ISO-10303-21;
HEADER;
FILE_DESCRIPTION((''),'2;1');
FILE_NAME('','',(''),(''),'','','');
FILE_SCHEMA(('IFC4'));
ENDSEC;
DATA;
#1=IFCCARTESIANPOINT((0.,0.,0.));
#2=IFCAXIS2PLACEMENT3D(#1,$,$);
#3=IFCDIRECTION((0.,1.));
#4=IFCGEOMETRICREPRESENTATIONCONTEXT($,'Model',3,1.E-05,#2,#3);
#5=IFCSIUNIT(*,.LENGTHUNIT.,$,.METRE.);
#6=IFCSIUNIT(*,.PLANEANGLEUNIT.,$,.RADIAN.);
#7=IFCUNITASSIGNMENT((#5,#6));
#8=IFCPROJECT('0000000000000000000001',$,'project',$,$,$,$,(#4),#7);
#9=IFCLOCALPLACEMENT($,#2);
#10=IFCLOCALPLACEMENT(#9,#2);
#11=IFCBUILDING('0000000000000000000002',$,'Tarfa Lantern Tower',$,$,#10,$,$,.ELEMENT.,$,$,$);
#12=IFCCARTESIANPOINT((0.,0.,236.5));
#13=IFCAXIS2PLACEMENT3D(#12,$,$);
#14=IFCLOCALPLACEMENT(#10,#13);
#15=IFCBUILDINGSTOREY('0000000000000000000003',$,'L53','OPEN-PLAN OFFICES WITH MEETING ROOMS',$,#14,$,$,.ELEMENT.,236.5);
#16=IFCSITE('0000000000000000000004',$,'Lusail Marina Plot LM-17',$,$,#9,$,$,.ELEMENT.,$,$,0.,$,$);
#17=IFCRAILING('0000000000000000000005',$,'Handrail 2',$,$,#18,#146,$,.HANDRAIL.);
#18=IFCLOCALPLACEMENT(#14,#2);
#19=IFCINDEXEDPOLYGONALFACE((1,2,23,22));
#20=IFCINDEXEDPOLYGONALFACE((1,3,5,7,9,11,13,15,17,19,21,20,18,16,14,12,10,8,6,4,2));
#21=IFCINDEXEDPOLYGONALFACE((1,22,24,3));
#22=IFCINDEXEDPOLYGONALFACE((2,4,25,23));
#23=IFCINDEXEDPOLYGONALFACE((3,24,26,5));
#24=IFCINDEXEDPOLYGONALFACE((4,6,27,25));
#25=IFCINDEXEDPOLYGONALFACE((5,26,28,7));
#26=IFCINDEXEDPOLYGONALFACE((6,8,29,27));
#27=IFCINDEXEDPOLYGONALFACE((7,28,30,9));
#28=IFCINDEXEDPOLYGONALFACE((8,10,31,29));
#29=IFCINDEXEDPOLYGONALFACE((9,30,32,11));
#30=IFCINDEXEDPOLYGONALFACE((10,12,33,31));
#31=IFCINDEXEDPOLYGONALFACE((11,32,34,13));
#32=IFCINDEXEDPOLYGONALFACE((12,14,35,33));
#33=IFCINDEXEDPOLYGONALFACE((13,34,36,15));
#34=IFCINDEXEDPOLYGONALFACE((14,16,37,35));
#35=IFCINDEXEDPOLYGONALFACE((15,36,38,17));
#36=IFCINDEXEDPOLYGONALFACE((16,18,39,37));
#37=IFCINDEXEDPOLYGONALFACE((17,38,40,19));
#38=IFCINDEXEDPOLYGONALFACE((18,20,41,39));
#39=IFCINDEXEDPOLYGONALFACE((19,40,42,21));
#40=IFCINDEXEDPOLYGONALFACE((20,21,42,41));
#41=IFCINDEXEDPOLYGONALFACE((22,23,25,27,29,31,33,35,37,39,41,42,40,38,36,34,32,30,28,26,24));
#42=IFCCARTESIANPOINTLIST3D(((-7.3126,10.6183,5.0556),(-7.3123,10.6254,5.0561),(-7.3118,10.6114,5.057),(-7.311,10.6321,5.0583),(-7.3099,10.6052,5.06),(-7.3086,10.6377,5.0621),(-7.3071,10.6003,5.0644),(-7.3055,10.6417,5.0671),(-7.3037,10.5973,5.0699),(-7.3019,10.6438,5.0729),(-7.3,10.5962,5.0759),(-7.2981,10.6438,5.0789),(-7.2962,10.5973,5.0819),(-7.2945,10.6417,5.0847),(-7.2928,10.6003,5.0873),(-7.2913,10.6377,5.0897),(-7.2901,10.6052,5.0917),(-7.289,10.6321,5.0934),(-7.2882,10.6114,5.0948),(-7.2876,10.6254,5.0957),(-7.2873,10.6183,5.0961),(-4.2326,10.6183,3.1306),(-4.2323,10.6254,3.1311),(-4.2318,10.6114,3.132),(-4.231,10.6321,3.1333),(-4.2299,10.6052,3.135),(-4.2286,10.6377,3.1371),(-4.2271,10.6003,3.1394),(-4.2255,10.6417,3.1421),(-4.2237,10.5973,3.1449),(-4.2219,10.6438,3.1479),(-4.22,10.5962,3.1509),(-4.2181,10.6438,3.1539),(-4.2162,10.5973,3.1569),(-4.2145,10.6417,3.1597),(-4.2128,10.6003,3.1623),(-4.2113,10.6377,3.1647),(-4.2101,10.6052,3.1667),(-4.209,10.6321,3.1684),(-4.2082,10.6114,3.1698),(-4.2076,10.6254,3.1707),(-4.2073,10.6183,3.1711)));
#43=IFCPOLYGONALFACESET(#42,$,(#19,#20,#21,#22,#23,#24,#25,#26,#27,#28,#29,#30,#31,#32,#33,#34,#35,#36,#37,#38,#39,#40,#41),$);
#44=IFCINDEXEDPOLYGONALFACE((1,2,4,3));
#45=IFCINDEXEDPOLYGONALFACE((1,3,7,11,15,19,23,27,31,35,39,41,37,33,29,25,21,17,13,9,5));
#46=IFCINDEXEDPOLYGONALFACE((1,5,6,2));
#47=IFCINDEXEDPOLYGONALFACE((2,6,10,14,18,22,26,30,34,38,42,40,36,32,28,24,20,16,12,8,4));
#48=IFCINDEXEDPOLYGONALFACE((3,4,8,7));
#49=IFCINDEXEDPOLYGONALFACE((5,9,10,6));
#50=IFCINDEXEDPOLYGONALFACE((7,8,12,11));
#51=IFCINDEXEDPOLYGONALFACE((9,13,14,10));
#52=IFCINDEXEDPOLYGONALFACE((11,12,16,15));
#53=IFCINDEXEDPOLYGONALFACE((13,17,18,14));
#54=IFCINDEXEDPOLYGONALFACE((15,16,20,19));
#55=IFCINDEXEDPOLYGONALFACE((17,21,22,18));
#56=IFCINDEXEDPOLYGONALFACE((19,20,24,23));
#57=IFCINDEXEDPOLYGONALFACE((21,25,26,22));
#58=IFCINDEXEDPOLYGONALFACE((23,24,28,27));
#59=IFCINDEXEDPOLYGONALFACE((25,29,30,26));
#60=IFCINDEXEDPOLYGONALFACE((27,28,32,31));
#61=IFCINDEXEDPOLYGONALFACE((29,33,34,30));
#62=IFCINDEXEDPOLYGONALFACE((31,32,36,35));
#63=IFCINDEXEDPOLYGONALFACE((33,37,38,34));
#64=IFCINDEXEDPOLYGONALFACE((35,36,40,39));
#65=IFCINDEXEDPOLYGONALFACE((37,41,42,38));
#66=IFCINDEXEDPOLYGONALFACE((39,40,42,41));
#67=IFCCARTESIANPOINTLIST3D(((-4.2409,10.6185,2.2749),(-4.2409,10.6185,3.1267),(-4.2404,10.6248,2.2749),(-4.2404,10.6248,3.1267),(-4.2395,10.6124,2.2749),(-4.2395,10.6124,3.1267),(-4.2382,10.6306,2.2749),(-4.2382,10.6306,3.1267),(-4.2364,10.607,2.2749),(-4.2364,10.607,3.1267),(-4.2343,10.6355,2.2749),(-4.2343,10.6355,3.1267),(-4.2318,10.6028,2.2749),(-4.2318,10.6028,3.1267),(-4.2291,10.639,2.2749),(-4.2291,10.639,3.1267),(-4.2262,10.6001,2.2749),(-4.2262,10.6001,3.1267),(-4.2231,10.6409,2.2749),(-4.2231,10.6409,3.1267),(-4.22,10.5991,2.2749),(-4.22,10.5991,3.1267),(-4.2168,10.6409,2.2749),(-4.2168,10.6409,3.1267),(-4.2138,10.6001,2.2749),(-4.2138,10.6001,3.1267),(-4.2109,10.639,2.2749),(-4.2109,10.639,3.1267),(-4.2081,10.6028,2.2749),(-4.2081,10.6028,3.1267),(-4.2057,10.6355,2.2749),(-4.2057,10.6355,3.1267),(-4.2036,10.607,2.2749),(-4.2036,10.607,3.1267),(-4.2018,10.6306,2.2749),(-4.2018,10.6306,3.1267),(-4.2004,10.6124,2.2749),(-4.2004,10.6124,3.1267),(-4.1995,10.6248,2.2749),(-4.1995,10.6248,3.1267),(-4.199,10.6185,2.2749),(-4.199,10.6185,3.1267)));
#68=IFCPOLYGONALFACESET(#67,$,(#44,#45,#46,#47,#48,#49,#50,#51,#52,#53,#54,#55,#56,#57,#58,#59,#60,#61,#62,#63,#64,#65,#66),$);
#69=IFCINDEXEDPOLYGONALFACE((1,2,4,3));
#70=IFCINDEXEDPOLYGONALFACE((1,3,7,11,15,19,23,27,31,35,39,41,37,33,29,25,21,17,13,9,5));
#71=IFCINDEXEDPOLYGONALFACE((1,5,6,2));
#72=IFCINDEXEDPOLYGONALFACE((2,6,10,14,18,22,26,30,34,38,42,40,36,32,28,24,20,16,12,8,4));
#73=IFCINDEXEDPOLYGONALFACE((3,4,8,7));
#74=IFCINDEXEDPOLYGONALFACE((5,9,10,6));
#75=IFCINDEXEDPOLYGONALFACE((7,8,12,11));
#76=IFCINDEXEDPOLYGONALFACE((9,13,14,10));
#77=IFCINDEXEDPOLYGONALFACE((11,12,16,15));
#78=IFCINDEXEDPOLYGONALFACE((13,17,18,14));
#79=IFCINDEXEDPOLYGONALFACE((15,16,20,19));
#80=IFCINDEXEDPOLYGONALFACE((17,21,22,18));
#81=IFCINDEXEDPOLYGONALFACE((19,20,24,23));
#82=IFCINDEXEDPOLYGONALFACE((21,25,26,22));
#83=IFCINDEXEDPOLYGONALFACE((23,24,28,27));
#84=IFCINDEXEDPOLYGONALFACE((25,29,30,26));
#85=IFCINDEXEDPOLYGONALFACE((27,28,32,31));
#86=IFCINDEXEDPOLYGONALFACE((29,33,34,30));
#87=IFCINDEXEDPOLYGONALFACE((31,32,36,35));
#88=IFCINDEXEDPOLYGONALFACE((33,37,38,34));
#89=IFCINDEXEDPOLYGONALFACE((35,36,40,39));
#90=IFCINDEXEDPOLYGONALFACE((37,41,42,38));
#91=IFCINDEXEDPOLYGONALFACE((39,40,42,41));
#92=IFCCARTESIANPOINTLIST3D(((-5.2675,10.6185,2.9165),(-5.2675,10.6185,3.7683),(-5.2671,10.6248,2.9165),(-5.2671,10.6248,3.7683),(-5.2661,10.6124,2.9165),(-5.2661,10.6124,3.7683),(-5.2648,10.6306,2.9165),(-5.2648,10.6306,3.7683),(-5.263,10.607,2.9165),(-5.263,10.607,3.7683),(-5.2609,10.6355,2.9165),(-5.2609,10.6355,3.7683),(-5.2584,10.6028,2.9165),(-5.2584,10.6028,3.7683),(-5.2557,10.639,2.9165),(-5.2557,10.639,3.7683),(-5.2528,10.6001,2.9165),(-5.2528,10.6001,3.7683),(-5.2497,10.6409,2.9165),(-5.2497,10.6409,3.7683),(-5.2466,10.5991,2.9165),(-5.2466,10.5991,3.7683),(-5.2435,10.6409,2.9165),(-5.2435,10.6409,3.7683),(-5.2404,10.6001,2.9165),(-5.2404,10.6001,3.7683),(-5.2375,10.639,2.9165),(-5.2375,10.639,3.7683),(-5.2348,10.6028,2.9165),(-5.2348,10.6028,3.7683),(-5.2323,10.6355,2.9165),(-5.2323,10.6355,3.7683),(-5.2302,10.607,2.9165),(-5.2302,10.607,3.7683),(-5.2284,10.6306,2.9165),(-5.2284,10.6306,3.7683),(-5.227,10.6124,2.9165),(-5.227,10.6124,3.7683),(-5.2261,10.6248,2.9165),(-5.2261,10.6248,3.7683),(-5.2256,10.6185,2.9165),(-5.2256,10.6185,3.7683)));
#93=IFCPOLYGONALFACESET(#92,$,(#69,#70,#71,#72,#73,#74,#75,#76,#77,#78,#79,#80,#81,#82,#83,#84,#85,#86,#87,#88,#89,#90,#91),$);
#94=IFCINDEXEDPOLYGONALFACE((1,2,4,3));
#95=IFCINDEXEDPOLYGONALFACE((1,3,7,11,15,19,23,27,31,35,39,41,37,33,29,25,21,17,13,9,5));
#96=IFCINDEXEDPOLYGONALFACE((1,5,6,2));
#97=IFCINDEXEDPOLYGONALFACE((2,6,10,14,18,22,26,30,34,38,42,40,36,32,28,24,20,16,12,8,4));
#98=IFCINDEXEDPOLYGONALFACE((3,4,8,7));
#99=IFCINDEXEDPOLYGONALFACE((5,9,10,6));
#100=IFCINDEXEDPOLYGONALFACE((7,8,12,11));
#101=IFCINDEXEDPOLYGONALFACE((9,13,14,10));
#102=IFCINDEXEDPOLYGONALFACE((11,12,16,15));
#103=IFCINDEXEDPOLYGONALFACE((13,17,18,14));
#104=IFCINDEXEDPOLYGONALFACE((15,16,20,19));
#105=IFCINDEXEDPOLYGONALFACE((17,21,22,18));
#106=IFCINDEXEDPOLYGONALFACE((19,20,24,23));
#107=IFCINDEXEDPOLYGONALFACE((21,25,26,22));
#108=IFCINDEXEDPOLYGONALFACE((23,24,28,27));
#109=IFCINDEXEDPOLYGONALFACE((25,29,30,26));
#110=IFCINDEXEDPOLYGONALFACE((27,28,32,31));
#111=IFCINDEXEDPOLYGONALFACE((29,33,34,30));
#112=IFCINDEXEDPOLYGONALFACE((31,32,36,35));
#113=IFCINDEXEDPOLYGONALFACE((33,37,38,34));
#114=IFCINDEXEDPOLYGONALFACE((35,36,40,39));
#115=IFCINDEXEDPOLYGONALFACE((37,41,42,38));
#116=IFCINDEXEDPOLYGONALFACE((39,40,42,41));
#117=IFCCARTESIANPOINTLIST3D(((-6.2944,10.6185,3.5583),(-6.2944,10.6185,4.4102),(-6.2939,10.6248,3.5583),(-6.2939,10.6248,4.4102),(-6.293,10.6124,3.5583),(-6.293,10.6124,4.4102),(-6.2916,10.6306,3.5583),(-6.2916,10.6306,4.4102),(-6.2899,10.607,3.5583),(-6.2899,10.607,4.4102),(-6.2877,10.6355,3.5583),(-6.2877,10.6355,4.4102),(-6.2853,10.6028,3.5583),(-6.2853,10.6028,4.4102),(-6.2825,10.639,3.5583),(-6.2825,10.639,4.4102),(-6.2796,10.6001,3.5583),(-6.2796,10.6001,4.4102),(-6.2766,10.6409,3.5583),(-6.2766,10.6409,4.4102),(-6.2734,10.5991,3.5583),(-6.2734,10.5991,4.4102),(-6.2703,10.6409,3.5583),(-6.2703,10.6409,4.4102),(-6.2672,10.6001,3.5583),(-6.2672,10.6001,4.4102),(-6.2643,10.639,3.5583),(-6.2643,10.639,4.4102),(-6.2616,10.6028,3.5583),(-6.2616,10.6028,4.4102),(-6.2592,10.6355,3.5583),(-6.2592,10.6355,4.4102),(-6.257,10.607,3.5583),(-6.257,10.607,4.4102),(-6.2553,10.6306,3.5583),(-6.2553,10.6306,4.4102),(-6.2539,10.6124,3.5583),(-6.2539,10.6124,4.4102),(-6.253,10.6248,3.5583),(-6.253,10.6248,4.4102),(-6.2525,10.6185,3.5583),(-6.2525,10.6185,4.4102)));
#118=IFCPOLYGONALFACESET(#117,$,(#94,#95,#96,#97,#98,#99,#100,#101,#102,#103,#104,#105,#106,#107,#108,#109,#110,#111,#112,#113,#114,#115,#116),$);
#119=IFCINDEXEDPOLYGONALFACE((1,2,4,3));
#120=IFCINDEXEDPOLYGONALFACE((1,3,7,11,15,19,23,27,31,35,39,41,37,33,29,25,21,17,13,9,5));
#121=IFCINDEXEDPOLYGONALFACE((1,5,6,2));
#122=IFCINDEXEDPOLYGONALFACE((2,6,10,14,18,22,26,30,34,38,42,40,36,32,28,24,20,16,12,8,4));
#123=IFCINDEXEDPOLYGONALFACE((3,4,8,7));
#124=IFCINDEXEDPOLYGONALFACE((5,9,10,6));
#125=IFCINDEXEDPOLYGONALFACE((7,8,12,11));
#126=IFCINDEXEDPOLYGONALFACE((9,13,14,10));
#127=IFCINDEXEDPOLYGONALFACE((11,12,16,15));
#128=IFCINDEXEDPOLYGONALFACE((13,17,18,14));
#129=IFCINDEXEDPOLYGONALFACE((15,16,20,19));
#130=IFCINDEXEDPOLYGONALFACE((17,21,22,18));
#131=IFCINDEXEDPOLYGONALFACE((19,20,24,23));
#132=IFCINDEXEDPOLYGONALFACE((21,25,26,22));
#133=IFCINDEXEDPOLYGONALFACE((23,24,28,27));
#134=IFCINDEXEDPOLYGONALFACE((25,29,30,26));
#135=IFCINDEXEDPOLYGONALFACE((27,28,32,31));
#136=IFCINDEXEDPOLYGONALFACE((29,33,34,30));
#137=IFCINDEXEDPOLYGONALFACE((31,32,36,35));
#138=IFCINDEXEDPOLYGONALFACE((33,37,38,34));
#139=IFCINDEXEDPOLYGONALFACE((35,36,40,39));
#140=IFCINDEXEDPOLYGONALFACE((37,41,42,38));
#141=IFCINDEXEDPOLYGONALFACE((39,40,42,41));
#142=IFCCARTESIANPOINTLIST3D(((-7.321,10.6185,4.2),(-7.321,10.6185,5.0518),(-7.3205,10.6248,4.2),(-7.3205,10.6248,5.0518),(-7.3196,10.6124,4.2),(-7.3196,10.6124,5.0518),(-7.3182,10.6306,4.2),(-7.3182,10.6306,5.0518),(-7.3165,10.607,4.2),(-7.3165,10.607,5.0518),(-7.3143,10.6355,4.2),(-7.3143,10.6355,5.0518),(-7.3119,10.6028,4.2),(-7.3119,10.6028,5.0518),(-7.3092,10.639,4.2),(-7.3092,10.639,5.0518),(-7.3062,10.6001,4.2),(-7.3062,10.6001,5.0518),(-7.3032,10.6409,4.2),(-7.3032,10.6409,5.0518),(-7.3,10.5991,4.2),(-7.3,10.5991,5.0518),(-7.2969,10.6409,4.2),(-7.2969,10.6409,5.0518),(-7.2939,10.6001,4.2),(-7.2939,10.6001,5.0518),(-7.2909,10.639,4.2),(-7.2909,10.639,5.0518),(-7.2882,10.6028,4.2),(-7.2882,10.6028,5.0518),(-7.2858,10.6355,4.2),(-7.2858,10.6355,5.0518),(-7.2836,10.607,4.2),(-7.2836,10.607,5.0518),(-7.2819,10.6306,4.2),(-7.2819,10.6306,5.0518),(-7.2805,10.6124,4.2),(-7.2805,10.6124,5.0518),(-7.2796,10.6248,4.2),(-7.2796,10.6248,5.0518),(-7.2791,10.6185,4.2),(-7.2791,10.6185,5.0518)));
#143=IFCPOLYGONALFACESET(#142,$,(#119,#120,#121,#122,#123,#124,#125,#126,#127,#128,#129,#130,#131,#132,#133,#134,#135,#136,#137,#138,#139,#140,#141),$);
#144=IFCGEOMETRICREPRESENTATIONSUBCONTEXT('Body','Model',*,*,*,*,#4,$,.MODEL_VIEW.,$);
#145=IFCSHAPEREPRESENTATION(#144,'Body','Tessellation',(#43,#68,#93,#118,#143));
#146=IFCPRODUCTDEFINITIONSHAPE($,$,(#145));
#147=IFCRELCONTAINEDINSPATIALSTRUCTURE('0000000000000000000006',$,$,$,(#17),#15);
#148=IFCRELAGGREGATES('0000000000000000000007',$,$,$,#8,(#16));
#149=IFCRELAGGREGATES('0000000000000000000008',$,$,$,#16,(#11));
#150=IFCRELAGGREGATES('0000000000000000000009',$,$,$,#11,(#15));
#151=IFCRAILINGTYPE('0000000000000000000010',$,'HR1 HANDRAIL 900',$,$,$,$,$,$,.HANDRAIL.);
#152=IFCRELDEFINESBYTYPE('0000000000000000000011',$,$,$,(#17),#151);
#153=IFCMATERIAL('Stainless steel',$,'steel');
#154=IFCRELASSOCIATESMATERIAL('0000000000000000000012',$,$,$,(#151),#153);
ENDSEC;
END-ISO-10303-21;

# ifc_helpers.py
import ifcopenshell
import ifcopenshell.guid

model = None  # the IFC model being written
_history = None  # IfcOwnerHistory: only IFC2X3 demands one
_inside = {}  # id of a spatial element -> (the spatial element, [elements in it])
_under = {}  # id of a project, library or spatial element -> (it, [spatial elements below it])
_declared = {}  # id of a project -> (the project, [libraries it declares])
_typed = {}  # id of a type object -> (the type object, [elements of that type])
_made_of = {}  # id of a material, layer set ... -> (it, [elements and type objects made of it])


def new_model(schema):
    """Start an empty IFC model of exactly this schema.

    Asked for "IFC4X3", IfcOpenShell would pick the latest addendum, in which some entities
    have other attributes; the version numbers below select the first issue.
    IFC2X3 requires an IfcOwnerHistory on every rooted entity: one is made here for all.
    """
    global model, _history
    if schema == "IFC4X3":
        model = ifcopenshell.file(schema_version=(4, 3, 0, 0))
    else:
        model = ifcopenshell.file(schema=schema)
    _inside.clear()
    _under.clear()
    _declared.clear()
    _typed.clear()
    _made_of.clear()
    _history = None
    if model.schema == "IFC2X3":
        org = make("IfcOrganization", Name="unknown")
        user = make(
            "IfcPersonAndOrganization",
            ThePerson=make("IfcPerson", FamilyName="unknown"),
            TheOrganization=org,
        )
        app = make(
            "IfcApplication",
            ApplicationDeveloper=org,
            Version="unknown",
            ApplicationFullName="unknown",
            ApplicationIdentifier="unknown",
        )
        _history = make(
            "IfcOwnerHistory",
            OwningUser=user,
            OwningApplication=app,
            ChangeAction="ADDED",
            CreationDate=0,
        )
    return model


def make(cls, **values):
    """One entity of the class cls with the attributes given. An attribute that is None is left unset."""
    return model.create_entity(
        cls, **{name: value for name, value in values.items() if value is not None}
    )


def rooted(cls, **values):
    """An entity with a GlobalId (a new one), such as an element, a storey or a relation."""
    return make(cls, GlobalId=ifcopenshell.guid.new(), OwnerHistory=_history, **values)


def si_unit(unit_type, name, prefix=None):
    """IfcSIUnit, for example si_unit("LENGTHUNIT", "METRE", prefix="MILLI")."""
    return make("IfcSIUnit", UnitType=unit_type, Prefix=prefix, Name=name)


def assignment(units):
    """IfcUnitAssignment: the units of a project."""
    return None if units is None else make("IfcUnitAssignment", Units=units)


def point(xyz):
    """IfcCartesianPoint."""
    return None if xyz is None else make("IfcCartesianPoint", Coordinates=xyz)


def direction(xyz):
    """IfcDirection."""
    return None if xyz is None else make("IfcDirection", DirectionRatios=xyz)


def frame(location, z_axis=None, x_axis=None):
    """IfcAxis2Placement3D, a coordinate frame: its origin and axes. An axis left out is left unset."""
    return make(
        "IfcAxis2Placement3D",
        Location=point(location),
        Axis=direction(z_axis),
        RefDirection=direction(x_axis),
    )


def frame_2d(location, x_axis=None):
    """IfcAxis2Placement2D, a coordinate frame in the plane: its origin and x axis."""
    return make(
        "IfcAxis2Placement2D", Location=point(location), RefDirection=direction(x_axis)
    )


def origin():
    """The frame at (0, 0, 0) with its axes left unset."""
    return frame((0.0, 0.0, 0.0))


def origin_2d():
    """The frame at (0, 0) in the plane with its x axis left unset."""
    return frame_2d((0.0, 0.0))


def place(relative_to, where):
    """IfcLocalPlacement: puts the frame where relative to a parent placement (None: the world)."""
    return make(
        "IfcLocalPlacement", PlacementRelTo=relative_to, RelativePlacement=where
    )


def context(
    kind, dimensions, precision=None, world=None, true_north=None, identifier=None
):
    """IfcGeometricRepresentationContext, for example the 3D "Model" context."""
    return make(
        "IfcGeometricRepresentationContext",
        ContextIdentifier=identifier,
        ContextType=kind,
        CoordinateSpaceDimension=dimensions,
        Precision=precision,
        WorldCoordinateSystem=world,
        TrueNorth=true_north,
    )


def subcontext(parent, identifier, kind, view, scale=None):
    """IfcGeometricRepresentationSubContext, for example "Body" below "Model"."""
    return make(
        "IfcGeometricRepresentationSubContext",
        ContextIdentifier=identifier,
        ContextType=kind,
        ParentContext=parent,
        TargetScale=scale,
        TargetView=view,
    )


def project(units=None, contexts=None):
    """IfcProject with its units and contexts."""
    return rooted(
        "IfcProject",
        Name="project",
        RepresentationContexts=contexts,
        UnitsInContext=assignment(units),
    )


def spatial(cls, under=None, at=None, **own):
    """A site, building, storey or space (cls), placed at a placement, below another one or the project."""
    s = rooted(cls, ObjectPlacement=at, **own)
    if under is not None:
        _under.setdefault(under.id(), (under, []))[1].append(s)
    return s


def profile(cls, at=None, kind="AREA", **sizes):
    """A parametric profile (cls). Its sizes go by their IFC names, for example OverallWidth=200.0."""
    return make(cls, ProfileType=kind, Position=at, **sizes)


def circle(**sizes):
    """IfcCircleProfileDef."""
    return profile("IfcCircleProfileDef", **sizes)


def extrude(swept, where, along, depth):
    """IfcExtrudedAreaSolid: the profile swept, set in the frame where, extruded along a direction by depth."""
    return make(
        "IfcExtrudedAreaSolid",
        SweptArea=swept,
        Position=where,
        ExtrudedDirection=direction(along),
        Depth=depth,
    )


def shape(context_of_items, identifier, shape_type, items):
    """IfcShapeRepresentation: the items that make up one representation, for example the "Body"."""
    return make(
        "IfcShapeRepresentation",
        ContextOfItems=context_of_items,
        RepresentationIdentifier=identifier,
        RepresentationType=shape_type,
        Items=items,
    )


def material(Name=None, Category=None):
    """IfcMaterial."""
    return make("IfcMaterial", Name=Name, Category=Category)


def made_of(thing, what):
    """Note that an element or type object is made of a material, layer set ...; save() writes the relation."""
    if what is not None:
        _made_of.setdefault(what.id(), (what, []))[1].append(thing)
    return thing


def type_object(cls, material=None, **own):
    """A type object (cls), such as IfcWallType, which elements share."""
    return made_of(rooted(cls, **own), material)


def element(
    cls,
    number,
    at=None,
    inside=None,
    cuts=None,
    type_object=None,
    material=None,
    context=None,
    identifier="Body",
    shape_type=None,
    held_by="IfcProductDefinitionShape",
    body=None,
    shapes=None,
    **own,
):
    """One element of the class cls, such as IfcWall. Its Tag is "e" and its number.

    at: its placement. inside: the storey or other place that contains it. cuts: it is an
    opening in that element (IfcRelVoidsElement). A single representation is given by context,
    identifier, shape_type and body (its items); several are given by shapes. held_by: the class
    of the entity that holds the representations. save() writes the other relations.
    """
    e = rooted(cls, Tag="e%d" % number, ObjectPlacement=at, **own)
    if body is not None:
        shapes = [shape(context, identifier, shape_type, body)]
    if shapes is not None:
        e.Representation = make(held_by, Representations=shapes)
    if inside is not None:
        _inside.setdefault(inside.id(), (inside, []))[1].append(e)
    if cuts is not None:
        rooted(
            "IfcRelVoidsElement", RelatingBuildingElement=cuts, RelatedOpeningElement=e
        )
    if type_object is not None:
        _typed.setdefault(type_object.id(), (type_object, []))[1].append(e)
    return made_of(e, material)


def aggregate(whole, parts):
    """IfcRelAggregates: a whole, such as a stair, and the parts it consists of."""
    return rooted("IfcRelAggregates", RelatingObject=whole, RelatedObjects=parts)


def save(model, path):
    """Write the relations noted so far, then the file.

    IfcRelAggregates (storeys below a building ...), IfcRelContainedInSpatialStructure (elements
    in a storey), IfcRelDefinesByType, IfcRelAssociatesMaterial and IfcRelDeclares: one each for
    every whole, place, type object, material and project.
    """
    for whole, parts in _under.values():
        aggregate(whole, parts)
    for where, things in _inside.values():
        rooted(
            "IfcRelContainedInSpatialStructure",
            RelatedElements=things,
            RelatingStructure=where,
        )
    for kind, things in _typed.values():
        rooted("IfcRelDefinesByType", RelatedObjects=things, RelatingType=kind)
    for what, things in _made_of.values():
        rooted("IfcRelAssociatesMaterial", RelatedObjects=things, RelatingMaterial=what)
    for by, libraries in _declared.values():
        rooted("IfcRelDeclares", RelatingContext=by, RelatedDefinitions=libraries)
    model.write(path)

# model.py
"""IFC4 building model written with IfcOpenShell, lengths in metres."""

from ifc_helpers import new_model, si_unit, direction, frame, origin, origin_2d, place, context, subcontext, project, spatial, circle, extrude, material, type_object, element, save


model = new_model("IFC4")

# Units and contexts
model_context = context("Model", 3, precision=1e-05, world=origin(), true_north=direction((0.0, 1.0)))
body_context = subcontext(model_context, "Body", "Model", "MODEL_VIEW")
ifc_project = project(units=[si_unit("LENGTHUNIT", "METRE"), si_unit("PLANEANGLEUNIT", "RADIAN")], contexts=[model_context])

# Site, building, storey
site_placement = place(None, origin())
site = spatial("IfcSite", under=ifc_project, at=site_placement, Name="Lusail Marina Plot LM-17", CompositionType="ELEMENT", RefElevation=0.0)
building_placement = place(site_placement, origin())
building = spatial("IfcBuilding", under=site, at=building_placement, Name="Tarfa Lantern Tower", CompositionType="ELEMENT")
storey_placement = place(building_placement, frame((0.0, 0.0, 236.5)))
storey = spatial("IfcBuildingStorey", under=building, at=storey_placement, Name="L53", Description="OPEN-PLAN OFFICES WITH MEETING ROOMS", CompositionType="ELEMENT", Elevation=236.5)

# Railing
ifc_material_1 = material(Name="Stainless steel", Category="steel")
railing_type = type_object("IfcRailingType", Name="HR1 HANDRAIL 900", PredefinedType="HANDRAIL", material=ifc_material_1)
railing_1_placement = place(storey_placement, frame((-4.22, 10.6201, 2.2749)))
element("IfcRailing", 1, at=railing_1_placement, inside=storey, type_object=railing_type, Name="Handrail 2", PredefinedType="HANDRAIL", context=body_context, shape_type="SweptSolid", body=[
    extrude(circle(Radius=0.0239, at=origin_2d()), frame((0.0, 0.0, 0.876), z_axis=(-0.847998, 0.0, 0.529999), x_axis=(0.0, -1.0, 0.0)), (0.0, 0.0, 1.0), 3.6321),
    extrude(circle(Radius=0.021, at=origin_2d()), frame((0.0, 0.0, 0.0), z_axis=(0.0, 0.0, 1.0), x_axis=(0.0, -1.0, 0.0)), (0.0, 0.0, 1.0), 0.8518),
    extrude(circle(Radius=0.021, at=origin_2d()), frame((-1.0266, 0.0, 0.6416), z_axis=(0.0, 0.0, 1.0), x_axis=(0.0, -1.0, 0.0)), (0.0, 0.0, 1.0), 0.8518),
    extrude(circle(Radius=0.021, at=origin_2d()), frame((-2.0535, 0.0, 1.2834), z_axis=(0.0, 0.0, 1.0), x_axis=(0.0, -1.0, 0.0)), (0.0, 0.0, 1.0), 0.8518),
    extrude(circle(Radius=0.021, at=origin_2d()), frame((-3.0801, 0.0, 1.925), z_axis=(0.0, 0.0, 1.0), x_axis=(0.0, -1.0, 0.0)), (0.0, 0.0, 1.0), 0.8518),
])

save(model, "model.ifc")
